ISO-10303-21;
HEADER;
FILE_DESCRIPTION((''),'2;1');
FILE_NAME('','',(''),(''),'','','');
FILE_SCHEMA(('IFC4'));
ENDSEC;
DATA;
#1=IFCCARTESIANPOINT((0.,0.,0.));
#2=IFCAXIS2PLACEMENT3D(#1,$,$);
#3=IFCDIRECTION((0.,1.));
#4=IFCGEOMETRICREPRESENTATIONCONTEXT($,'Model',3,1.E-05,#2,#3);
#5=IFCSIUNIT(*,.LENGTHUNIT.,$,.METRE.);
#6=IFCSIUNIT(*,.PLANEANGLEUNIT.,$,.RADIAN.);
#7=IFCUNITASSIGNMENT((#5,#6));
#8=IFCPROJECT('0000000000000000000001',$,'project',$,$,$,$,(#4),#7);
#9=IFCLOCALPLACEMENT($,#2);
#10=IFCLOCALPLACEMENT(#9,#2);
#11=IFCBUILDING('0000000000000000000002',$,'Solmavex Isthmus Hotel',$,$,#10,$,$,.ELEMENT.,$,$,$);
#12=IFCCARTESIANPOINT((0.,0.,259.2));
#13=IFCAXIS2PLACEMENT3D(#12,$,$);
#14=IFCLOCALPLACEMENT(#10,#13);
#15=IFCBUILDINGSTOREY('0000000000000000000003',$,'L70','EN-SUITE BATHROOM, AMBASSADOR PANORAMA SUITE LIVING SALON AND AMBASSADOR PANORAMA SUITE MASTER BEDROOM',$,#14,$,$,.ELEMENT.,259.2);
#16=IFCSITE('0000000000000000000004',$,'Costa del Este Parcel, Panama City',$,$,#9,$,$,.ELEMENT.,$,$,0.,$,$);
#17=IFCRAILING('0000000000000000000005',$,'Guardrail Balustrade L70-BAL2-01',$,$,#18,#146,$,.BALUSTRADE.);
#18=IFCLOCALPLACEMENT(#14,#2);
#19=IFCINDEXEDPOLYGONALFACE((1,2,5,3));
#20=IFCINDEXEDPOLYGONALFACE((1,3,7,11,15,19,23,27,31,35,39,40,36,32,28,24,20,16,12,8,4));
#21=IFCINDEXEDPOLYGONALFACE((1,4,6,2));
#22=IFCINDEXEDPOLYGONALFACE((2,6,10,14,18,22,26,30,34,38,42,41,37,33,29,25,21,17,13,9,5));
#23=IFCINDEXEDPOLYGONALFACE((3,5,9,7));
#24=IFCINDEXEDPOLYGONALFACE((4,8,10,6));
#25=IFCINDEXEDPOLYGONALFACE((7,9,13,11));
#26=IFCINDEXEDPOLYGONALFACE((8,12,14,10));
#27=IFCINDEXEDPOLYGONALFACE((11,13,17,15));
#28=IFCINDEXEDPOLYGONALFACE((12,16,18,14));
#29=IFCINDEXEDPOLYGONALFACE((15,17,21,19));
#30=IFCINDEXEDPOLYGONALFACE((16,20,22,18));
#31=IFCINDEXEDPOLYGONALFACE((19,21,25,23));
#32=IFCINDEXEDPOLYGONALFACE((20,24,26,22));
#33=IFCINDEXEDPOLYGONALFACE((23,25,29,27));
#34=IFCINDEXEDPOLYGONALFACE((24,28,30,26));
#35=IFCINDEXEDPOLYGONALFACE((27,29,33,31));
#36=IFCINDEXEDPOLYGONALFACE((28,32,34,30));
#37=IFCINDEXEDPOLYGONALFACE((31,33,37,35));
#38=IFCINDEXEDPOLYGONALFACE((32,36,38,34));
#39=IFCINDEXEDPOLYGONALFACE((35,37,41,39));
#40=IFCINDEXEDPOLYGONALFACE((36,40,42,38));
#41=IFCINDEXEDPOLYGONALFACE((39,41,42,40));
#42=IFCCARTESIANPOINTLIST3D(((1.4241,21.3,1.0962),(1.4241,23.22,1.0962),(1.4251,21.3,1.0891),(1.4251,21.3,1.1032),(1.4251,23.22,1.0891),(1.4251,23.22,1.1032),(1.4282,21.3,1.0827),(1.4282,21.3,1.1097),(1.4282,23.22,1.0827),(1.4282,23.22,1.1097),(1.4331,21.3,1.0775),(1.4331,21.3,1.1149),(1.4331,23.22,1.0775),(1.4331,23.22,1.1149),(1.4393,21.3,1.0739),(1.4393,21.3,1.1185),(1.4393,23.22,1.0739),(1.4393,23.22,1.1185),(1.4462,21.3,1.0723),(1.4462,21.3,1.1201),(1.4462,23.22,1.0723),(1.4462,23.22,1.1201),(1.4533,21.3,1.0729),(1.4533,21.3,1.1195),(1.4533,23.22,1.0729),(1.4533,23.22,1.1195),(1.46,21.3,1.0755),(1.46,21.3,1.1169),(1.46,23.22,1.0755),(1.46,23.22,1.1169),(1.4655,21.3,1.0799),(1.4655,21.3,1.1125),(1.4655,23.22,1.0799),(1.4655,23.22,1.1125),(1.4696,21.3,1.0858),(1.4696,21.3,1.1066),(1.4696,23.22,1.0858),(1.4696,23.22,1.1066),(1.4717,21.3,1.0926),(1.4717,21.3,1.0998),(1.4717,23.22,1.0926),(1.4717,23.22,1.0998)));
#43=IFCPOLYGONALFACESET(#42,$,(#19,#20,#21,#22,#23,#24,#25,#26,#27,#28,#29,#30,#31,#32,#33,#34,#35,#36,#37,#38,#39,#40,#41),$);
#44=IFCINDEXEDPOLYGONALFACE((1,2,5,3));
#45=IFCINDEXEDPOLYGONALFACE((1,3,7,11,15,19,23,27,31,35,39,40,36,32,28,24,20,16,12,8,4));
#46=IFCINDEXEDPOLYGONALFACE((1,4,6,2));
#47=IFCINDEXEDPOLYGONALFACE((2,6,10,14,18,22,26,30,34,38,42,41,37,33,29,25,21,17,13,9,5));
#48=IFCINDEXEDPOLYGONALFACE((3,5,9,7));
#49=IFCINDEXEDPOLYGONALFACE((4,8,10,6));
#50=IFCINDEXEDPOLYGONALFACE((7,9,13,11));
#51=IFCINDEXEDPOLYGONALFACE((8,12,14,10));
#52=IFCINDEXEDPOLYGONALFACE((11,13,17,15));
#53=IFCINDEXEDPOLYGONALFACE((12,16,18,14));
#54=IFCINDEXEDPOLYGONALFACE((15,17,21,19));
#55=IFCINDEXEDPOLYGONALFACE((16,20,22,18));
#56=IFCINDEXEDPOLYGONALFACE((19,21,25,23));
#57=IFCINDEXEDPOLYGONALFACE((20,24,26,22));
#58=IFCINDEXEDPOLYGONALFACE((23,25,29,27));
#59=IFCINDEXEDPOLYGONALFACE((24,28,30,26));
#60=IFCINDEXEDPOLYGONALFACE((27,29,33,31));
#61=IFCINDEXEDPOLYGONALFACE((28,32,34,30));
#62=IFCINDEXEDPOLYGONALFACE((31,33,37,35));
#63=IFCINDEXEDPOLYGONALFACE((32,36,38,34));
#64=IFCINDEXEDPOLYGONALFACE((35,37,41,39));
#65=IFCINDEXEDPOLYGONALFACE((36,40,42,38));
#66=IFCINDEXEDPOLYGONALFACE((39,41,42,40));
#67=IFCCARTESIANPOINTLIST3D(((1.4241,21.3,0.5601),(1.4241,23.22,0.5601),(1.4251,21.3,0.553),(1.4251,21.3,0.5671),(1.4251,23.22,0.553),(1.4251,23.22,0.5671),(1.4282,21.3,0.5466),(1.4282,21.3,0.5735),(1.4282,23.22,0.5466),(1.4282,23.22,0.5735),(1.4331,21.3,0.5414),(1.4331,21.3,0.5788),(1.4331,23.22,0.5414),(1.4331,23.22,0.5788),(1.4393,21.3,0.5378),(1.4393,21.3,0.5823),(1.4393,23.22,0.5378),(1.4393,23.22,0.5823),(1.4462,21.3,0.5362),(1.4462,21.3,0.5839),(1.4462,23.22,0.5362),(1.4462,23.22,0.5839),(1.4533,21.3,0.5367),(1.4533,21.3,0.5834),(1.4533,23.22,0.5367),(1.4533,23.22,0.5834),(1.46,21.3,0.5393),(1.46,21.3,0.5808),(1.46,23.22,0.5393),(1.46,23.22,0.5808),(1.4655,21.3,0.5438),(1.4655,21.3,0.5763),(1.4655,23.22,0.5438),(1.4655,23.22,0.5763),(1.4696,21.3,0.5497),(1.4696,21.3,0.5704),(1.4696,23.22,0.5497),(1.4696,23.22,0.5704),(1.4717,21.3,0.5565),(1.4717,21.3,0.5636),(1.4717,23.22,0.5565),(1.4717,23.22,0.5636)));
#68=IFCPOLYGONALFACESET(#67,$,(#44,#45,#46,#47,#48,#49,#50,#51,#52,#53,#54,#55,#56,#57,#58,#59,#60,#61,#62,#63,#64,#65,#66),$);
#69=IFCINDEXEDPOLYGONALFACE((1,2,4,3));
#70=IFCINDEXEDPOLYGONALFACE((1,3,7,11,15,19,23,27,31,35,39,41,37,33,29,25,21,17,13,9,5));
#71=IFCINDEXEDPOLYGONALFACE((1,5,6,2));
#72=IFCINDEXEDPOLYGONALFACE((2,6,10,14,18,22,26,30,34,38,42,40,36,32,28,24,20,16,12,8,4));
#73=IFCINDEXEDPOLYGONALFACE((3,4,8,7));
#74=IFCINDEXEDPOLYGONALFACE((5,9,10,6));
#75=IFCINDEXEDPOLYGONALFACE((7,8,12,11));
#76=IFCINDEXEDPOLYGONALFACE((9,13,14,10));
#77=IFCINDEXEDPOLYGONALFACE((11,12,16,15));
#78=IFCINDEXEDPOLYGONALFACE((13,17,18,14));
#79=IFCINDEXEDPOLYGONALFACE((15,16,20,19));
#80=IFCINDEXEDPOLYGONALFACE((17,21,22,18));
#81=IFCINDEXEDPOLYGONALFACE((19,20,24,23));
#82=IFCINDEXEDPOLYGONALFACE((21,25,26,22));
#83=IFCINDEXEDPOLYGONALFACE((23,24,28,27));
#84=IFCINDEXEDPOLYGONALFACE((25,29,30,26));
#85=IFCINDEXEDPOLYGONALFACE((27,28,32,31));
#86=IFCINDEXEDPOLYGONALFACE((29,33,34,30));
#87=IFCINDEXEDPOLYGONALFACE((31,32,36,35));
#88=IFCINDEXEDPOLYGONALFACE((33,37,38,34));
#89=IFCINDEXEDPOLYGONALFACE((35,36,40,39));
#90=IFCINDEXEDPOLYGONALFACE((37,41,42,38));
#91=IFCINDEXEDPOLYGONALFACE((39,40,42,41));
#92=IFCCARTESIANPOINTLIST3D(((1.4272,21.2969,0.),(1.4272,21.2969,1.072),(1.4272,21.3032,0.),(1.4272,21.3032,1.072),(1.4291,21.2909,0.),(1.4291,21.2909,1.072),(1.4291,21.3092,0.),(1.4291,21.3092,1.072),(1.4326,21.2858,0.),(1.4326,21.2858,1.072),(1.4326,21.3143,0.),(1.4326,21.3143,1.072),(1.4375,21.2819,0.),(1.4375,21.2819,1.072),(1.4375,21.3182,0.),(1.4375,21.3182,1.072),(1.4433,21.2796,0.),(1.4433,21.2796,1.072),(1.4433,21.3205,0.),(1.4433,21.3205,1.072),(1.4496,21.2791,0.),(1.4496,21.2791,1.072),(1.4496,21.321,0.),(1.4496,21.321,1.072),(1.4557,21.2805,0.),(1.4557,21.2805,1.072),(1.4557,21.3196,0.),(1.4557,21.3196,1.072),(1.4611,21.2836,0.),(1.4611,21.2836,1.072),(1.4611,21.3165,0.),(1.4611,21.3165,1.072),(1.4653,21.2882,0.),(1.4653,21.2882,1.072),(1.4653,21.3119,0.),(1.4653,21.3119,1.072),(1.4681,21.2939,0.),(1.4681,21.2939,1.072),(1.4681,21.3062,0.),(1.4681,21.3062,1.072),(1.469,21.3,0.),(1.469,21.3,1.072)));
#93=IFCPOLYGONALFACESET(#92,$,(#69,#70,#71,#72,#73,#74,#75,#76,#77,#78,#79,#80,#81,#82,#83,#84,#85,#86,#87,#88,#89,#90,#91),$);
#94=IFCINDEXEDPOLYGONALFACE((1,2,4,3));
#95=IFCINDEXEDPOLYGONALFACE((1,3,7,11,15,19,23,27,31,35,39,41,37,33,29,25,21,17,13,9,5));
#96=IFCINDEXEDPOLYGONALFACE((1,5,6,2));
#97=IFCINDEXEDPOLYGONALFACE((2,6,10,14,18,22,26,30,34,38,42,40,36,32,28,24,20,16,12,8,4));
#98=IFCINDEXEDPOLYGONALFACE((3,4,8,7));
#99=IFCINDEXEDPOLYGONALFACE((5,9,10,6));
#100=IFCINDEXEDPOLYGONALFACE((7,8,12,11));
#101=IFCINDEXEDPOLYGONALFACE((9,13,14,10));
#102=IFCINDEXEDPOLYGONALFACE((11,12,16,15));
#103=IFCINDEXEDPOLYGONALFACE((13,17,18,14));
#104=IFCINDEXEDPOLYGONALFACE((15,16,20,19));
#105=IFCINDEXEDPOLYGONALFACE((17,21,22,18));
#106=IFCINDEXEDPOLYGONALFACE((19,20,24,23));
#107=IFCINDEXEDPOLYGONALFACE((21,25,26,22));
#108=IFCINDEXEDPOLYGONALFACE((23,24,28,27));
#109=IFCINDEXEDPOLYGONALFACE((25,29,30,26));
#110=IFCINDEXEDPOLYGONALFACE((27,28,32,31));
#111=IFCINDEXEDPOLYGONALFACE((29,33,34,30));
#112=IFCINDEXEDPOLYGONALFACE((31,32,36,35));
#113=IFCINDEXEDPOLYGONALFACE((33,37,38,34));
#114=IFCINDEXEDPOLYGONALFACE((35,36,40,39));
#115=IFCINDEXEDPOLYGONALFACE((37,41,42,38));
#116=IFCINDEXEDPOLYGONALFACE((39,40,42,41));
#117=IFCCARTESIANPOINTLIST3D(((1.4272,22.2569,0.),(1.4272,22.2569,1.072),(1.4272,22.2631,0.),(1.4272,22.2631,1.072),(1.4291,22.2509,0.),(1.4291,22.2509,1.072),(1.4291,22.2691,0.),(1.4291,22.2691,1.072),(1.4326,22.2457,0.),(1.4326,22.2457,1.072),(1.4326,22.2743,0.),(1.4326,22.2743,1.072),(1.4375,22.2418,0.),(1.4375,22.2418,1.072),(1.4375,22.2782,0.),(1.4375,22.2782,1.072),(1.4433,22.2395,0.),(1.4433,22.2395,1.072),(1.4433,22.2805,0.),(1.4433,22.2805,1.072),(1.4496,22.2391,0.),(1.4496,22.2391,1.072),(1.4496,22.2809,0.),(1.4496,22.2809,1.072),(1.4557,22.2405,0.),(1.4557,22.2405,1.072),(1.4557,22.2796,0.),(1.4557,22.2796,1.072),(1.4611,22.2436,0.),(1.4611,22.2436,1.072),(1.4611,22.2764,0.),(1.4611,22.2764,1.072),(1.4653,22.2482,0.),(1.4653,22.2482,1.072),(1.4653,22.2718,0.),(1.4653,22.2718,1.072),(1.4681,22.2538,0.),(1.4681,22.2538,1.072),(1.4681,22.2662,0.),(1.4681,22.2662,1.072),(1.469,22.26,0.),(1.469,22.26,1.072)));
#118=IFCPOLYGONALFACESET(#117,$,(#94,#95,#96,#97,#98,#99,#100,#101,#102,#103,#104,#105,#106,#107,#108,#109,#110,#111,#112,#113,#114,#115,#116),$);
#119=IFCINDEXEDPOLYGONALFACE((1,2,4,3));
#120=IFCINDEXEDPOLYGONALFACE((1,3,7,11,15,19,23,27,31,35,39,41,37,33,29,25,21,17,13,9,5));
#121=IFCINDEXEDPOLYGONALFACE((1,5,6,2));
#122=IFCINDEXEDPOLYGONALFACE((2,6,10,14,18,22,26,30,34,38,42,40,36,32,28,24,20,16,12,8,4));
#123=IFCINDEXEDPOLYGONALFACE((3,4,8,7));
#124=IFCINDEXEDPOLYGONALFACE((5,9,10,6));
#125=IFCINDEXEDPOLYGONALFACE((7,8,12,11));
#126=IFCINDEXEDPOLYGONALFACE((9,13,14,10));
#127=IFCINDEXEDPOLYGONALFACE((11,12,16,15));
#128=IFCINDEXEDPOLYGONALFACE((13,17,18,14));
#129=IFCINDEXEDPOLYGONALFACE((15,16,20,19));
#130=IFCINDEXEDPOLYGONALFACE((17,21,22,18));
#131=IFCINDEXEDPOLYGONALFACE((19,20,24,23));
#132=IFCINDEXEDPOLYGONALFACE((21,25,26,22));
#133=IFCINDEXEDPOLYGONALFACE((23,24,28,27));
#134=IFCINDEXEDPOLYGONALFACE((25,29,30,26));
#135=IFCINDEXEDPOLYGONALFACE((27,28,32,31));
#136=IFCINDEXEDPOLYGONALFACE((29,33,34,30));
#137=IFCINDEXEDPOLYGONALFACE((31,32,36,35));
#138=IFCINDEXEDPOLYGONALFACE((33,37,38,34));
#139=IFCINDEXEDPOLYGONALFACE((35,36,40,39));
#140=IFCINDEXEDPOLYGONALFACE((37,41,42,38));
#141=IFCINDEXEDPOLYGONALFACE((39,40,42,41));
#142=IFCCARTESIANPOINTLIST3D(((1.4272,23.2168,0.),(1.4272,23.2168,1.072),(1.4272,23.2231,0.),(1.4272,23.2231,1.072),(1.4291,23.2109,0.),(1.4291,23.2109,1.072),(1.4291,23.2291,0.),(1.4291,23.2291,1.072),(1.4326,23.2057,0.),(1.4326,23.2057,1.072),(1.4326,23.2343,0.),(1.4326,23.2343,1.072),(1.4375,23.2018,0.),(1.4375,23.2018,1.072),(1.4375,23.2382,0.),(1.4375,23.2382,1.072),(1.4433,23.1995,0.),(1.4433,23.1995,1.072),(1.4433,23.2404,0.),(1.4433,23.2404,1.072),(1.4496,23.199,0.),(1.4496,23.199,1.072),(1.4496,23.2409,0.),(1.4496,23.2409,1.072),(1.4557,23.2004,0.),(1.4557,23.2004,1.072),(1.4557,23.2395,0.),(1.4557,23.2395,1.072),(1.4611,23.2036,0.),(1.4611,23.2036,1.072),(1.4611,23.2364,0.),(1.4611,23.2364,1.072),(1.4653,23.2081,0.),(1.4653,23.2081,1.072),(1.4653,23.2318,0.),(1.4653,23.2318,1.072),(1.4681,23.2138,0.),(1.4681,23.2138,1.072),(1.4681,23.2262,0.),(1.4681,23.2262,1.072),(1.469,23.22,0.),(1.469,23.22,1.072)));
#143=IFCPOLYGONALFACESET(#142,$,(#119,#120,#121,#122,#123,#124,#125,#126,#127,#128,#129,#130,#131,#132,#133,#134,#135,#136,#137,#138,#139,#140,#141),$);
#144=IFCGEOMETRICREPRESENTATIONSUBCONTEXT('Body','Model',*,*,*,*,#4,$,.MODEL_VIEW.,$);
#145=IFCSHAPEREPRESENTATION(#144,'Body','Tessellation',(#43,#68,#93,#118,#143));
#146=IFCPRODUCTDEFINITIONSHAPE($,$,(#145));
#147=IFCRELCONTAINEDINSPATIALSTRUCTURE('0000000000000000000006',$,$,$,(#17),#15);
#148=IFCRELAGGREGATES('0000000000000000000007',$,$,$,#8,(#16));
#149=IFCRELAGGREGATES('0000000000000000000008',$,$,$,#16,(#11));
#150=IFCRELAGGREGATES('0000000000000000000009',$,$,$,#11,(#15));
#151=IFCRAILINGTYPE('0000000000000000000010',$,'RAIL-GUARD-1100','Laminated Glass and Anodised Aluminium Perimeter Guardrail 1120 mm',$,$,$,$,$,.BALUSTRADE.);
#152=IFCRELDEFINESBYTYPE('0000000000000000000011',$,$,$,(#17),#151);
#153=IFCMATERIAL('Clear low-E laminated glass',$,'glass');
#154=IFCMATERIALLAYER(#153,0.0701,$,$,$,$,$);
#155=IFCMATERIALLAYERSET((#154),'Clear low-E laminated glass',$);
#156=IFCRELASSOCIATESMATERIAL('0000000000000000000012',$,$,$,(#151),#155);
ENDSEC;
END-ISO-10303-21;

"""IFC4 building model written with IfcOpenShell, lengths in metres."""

from ifc_helpers import new_model, si_unit, direction, frame, origin, origin_2d, place, context, subcontext, project, spatial, circle, extrude, material, layer, layer_set, type_object, element, save


model = new_model("IFC4")

# Units and contexts
model_context = context("Model", 3, precision=1e-05, world=origin(), true_north=direction((0.0, 1.0)))
body_context = subcontext(model_context, "Body", "Model", "MODEL_VIEW")
ifc_project = project(units=[si_unit("LENGTHUNIT", "METRE"), si_unit("PLANEANGLEUNIT", "RADIAN")], contexts=[model_context])

# Site, building, storey
site_placement = place(None, origin())
site = spatial("IfcSite", under=ifc_project, at=site_placement, Name="Costa del Este Parcel, Panama City", CompositionType="ELEMENT", RefElevation=0.0)
building_placement = place(site_placement, origin())
building = spatial("IfcBuilding", under=site, at=building_placement, Name="Solmavex Isthmus Hotel", CompositionType="ELEMENT")
storey_placement = place(building_placement, frame((0.0, 0.0, 259.2)))
storey = spatial("IfcBuildingStorey", under=building, at=storey_placement, Name="L70", Description="EN-SUITE BATHROOM, AMBASSADOR PANORAMA SUITE LIVING SALON AND AMBASSADOR PANORAMA SUITE MASTER BEDROOM", CompositionType="ELEMENT", Elevation=259.2)

# Shared definitions
ifc_material_1 = material(Name="Clear low-E laminated glass", Category="glass")

# Railing
ifc_layer_1 = layer(ifc_material_1, 0.0701)
ifc_layer_set_1 = layer_set([ifc_layer_1], Name="Clear low-E laminated glass")
railing_type = type_object("IfcRailingType", Name="RAIL-GUARD-1100", Description="Laminated Glass and Anodised Aluminium Perimeter Guardrail 1120 mm", PredefinedType="BALUSTRADE", material=ifc_layer_set_1)
railing_1_placement = place(storey_placement, frame((1.448, 21.3, 0.0)))
element("IfcRailing", 1, at=railing_1_placement, inside=storey, type_object=railing_type, Name="Guardrail Balustrade L70-BAL2-01", PredefinedType="BALUSTRADE", context=body_context, shape_type="SweptSolid", body=[
    extrude(circle(Radius=0.0239, at=origin_2d()), frame((0.0, 0.0, 1.0962), z_axis=(0.0, 1.0, 0.0), x_axis=(-1.0, 0.0, 0.0)), (0.0, 0.0, 1.0), 1.9199),
    extrude(circle(Radius=0.0239, at=origin_2d()), frame((0.0, 0.0, 0.5601), z_axis=(0.0, 1.0, 0.0), x_axis=(-1.0, 0.0, 0.0)), (0.0, 0.0, 1.0), 1.9199),
    extrude(circle(Radius=0.021, at=origin_2d()), origin(), (0.0, 0.0, 1.0), 1.072),
    extrude(circle(Radius=0.021, at=origin_2d()), frame((0.0, 0.96, 0.0)), (0.0, 0.0, 1.0), 1.072),
    extrude(circle(Radius=0.021, at=origin_2d()), frame((0.0, 1.9199, 0.0)), (0.0, 0.0, 1.0), 1.072),
])

save(model, "model.ifc")
